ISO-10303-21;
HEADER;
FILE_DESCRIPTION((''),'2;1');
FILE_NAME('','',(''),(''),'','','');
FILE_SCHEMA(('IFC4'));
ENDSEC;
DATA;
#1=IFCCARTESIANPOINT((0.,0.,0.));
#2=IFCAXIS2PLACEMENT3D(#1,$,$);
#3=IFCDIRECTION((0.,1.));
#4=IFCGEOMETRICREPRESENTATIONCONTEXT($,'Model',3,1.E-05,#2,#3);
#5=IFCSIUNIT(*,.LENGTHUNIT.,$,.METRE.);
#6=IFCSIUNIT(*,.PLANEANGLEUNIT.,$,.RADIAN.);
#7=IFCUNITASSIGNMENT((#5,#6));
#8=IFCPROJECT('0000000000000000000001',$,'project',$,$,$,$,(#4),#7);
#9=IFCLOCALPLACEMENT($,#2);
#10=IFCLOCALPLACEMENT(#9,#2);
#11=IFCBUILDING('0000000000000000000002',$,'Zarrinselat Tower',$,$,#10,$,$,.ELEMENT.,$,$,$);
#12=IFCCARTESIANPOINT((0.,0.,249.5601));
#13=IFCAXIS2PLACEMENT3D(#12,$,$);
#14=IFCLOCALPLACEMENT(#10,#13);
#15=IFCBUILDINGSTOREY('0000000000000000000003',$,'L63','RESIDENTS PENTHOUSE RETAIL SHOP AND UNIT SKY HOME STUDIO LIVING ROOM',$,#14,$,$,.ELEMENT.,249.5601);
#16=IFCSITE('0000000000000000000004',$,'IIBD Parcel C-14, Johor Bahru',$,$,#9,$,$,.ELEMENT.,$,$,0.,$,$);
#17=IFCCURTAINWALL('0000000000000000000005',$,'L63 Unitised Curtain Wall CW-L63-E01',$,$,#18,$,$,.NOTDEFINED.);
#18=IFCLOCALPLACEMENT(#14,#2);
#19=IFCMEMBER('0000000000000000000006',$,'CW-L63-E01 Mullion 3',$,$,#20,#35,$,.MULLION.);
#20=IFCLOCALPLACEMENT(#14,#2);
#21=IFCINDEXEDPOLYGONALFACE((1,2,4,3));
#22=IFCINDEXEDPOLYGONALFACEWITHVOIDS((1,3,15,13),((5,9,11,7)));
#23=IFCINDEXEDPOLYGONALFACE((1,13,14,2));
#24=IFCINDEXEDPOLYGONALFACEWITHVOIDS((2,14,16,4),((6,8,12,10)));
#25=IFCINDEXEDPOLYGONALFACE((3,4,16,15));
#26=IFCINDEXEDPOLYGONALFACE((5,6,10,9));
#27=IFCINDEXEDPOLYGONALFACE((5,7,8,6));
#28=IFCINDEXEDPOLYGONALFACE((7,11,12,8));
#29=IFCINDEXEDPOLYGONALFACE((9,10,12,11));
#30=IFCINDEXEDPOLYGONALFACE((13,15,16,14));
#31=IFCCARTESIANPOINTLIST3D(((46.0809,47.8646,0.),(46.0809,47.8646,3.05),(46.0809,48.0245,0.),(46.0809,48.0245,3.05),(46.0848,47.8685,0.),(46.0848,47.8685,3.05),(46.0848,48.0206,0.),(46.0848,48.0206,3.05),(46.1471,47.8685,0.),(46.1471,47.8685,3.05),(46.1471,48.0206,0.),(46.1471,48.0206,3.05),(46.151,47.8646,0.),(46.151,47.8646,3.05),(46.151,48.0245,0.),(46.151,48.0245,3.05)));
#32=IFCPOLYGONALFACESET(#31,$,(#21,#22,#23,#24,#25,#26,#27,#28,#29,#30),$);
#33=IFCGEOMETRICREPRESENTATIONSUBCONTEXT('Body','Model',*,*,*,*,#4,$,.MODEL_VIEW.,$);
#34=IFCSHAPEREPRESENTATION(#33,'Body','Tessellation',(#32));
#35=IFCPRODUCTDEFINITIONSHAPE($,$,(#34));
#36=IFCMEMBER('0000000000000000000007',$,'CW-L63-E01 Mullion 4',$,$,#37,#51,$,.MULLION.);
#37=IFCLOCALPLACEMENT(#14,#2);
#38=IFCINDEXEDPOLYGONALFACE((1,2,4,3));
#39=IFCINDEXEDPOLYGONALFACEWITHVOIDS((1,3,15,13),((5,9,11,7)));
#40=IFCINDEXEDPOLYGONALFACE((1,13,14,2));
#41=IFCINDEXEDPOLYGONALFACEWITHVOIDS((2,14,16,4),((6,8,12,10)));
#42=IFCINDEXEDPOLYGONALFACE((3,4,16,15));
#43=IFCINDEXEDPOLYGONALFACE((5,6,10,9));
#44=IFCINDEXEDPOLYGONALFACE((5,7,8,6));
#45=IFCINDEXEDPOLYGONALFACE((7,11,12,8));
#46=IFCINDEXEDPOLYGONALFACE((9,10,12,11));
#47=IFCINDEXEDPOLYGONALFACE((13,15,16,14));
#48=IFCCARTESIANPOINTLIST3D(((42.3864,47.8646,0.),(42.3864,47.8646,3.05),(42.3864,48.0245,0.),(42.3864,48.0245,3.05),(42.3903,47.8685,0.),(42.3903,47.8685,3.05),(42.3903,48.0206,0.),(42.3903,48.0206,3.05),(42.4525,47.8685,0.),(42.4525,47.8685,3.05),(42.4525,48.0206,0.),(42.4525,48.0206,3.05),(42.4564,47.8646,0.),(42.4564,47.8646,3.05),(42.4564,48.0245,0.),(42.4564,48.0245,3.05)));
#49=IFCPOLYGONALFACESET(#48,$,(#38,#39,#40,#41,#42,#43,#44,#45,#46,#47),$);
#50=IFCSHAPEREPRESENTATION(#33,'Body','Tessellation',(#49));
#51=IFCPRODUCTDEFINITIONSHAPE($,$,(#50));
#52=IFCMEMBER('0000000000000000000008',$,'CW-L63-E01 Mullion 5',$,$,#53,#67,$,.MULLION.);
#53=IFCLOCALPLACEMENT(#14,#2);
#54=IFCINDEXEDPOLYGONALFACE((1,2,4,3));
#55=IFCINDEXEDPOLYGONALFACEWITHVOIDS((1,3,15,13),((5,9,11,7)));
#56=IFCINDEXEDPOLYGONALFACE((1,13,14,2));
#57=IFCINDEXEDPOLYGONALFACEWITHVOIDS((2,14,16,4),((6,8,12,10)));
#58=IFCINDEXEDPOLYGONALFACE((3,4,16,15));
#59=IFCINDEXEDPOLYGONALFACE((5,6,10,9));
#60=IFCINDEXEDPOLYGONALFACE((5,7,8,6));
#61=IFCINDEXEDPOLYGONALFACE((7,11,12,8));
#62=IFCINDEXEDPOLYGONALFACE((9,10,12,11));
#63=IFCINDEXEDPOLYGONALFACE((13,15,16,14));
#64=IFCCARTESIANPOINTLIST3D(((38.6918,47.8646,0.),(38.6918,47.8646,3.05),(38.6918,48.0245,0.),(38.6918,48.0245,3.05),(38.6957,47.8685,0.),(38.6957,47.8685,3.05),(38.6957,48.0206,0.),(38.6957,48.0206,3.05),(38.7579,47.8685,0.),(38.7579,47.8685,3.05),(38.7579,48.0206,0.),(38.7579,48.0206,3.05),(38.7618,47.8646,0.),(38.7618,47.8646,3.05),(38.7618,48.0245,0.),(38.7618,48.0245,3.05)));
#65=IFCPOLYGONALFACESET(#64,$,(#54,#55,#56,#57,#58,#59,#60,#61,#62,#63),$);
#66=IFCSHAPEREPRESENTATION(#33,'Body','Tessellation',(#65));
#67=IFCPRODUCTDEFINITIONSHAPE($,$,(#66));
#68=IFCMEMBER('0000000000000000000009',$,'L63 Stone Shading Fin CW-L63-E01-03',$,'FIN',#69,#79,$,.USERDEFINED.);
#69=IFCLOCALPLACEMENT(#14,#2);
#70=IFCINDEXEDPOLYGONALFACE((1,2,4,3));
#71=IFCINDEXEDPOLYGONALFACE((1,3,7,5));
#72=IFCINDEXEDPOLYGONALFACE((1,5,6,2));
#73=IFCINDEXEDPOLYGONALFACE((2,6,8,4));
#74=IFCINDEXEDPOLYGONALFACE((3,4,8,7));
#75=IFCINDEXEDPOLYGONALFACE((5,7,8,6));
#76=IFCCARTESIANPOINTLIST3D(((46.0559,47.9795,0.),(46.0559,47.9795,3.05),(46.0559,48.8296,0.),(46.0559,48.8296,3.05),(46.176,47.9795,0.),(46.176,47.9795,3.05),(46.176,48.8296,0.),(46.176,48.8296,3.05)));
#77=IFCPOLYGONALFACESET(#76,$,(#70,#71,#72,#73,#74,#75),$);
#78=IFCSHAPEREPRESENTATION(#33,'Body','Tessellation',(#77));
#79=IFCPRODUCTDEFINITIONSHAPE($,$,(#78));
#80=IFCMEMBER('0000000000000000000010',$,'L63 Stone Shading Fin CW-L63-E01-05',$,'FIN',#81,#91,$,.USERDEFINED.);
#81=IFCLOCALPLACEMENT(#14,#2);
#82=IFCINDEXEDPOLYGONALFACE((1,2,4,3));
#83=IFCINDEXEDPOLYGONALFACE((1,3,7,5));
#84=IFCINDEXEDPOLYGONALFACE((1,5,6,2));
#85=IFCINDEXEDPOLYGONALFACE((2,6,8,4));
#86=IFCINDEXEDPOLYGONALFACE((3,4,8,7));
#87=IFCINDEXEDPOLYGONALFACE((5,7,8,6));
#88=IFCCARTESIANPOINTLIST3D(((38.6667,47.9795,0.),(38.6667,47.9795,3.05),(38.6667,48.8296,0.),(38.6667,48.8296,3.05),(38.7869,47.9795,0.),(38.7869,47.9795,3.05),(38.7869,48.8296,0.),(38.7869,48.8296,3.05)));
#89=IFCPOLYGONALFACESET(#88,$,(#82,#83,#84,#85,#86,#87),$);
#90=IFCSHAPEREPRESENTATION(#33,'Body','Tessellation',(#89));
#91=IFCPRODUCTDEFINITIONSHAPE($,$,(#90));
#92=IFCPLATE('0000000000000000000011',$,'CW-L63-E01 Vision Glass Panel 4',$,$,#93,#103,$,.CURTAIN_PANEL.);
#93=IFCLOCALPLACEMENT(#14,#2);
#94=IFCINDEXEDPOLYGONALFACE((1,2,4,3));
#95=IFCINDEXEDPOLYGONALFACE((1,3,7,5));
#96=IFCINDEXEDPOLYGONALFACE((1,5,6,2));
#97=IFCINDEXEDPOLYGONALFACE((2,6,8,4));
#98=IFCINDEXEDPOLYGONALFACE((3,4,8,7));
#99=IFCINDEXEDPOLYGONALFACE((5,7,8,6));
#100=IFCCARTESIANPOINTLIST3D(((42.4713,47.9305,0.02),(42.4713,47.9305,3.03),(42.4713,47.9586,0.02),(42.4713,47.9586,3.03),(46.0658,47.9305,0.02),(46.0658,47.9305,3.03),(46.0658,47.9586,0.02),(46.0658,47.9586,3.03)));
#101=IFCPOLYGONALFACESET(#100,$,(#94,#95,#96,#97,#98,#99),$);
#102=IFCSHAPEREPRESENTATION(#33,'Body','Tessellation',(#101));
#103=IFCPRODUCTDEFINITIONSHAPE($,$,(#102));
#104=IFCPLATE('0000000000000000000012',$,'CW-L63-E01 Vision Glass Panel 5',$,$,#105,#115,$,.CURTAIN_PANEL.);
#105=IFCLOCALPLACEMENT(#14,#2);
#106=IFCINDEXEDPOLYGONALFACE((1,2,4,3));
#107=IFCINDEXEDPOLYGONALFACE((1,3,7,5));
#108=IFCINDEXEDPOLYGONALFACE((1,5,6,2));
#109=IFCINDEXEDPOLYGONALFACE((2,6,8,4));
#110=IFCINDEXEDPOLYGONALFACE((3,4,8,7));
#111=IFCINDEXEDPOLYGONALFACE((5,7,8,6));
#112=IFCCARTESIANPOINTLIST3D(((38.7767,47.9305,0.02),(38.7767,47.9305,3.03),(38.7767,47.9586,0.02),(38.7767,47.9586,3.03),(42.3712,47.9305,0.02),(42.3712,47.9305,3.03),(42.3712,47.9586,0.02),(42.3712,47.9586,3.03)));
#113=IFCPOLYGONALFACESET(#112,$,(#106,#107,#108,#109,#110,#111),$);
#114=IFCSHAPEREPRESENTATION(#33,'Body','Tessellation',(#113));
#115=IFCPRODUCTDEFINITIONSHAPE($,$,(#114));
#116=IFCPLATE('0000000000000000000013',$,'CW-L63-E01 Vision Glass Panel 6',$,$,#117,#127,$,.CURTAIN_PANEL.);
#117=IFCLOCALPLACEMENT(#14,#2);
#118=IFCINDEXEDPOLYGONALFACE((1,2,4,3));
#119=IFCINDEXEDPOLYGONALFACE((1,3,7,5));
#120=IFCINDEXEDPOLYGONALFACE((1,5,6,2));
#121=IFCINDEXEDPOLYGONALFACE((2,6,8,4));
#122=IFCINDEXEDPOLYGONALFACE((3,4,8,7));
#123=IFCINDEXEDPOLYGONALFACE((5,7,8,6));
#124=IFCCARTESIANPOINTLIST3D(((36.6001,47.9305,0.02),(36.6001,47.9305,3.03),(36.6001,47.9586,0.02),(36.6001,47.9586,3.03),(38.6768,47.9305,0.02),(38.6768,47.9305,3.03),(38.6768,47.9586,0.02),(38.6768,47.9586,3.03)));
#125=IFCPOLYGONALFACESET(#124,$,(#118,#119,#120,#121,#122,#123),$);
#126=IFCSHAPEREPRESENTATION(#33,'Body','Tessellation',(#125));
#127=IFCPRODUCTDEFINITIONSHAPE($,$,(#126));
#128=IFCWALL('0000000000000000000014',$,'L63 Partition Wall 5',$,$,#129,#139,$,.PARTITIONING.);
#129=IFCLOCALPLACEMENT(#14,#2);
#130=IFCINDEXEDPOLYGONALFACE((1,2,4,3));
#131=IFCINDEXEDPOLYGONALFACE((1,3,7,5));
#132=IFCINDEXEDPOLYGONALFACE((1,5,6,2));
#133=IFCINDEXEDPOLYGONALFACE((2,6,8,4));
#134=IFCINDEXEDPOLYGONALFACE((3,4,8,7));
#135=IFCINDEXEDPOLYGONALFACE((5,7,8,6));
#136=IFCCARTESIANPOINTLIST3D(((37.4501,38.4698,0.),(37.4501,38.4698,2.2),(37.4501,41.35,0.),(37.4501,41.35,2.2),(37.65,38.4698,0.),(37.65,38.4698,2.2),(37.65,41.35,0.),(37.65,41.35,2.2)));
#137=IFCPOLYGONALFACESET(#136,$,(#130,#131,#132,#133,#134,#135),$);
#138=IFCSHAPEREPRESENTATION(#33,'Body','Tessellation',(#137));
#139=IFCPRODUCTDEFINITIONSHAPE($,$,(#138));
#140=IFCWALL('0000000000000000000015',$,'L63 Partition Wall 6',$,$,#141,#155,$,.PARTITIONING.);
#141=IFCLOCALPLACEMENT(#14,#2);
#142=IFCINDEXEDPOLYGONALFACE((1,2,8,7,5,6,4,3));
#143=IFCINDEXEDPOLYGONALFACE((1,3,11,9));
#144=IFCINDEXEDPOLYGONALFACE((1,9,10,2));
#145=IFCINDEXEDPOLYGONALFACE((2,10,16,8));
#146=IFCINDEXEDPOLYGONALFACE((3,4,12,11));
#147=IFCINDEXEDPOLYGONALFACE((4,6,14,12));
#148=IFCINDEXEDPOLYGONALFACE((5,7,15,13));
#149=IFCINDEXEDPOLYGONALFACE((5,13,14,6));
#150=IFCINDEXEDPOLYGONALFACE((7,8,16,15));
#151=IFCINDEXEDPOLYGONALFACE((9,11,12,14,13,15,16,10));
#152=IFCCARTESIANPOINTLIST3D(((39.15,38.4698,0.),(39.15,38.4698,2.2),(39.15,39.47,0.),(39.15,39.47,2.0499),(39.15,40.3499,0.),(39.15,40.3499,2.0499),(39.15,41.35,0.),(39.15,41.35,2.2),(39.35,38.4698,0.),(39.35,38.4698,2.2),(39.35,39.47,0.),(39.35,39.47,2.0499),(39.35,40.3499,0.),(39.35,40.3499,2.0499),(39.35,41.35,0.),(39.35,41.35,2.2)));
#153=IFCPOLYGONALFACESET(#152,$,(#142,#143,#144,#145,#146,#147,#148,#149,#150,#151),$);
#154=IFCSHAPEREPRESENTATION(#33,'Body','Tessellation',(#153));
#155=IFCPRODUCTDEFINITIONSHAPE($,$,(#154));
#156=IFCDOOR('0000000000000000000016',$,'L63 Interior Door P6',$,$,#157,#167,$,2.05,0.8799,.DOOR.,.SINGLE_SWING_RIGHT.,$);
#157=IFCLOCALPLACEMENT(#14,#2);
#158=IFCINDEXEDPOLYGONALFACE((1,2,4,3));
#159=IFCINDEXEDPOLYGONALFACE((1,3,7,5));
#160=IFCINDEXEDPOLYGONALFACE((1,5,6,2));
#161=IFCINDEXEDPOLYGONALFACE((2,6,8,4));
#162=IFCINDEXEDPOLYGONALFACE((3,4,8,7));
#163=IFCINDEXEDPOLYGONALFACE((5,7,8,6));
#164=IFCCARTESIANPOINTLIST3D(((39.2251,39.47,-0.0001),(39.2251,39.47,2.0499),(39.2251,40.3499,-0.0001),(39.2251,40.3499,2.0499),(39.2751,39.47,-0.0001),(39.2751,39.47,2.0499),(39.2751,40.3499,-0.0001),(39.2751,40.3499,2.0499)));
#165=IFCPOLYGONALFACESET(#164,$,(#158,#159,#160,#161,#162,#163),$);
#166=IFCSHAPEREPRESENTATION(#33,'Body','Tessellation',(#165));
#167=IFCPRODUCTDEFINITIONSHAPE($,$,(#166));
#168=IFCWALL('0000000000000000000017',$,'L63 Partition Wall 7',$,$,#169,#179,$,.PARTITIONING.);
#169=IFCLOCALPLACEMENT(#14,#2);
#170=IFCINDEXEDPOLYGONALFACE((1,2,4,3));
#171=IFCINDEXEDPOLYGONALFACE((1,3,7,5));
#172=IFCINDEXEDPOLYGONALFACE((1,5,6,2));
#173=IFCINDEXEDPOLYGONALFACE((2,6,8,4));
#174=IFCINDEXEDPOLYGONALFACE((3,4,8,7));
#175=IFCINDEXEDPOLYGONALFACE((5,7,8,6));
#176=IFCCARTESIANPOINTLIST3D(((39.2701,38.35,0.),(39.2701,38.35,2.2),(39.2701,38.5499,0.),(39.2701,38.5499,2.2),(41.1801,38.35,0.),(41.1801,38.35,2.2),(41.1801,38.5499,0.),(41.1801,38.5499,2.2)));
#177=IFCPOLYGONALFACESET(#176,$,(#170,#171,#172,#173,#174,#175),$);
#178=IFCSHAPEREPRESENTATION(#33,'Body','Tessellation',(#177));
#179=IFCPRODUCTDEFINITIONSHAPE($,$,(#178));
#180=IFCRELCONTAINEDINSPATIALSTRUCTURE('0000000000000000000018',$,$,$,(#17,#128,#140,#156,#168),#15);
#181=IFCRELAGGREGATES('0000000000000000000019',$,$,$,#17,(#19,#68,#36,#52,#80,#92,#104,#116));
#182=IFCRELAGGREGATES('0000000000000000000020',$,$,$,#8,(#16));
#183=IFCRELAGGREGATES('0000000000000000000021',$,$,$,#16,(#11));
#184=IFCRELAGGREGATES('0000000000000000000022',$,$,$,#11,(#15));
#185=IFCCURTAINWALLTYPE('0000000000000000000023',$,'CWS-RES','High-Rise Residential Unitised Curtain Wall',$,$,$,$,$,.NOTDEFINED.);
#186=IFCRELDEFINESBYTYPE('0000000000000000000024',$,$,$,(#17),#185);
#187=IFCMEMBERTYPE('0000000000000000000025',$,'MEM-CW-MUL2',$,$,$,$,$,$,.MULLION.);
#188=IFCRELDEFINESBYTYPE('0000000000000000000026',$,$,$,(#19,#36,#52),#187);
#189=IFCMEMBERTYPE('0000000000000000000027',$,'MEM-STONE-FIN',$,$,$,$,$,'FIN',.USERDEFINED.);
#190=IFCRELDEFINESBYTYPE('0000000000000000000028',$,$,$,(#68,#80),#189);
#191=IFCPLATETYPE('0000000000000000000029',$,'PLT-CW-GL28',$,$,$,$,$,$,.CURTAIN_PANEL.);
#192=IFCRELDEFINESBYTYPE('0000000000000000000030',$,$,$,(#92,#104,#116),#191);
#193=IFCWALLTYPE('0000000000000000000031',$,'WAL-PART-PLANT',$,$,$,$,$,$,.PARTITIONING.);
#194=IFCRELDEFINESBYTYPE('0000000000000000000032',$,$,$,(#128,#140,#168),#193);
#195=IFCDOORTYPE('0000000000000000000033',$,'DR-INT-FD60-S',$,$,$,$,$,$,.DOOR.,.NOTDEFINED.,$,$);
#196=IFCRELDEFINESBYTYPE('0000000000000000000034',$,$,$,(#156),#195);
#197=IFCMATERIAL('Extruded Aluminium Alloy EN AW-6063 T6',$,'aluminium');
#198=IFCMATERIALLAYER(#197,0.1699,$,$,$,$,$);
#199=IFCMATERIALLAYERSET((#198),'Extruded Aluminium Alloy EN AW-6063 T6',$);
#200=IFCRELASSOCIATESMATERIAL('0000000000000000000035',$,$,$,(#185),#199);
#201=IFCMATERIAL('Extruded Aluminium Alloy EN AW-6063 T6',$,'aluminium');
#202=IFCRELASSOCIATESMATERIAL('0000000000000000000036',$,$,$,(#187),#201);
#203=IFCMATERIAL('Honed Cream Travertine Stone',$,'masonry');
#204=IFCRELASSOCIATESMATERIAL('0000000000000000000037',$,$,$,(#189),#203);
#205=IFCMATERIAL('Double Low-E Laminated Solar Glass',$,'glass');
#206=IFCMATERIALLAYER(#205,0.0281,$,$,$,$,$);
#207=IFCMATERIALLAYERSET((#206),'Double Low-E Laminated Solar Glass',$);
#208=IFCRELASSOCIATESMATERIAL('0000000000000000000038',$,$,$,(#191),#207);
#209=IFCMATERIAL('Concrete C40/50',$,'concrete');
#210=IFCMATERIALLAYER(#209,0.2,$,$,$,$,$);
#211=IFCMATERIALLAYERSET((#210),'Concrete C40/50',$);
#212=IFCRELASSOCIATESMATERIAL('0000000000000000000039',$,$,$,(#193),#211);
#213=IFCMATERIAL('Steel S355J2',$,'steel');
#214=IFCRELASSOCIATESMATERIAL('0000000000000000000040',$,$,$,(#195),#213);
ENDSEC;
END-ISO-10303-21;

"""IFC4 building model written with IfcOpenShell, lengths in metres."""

from ifc_helpers import new_model, si_unit, direction, frame, frame_2d, origin, origin_2d, place, context, subcontext, project, spatial, rectangle, hollow_rectangle, extrude, material, layer, layer_set, material_profile, profile_set, type_object, element, fill, aggregate, save


model = new_model("IFC4")

# Units and contexts
model_context = context("Model", 3, precision=1e-05, world=origin(), true_north=direction((0.0, 1.0)))
body_context = subcontext(model_context, "Body", "Model", "MODEL_VIEW")
ifc_project = project(units=[si_unit("LENGTHUNIT", "METRE"), si_unit("PLANEANGLEUNIT", "RADIAN")], contexts=[model_context])

# Site, building, storey
site_placement = place(None, origin())
site = spatial("IfcSite", under=ifc_project, at=site_placement, Name="IIBD Parcel C-14, Johor Bahru", CompositionType="ELEMENT", RefElevation=0.0)
building_placement = place(site_placement, origin())
building = spatial("IfcBuilding", under=site, at=building_placement, Name="Zarrinselat Tower", CompositionType="ELEMENT")
storey_placement = place(building_placement, frame((0.0, 0.0, 249.5601)))
storey = spatial("IfcBuildingStorey", under=building, at=storey_placement, Name="L63", Description="RESIDENTS PENTHOUSE RETAIL SHOP AND UNIT SKY HOME STUDIO LIVING ROOM", CompositionType="ELEMENT", Elevation=249.5601)

# Curtain wall, members, plates
ifc_material_1 = material(Name="Extruded Aluminium Alloy EN AW-6063 T6", Category="aluminium")
ifc_layer_1 = layer(ifc_material_1, 0.1699)
ifc_layer_set_1 = layer_set([ifc_layer_1], Name="Extruded Aluminium Alloy EN AW-6063 T6")
curtain_wall_type = type_object("IfcCurtainWallType", Name="CWS-RES", Description="High-Rise Residential Unitised Curtain Wall", PredefinedType="NOTDEFINED", material=ifc_layer_set_1)
curtain_wall_placement = place(storey_placement, origin())
curtain_wall = element("IfcCurtainWall", 1, at=curtain_wall_placement, inside=storey, type_object=curtain_wall_type, Name="L63 Unitised Curtain Wall CW-L63-E01", PredefinedType="NOTDEFINED")
ifc_material_2 = material(Name="Extruded Aluminium Alloy EN AW-6063 T6", Category="aluminium")
ifc_material_profile_1 = material_profile(ifc_material_2, hollow_rectangle(XDim=0.0701, YDim=0.1599, WallThickness=0.0039, at=origin_2d()), Name="RHS 160x70x4")
ifc_profile_set_1 = profile_set([ifc_material_profile_1], Name="Extruded Aluminium Alloy EN AW-6063 T6")
member_type_1 = type_object("IfcMemberType", Name="MEM-CW-MUL2", PredefinedType="MULLION", material=ifc_profile_set_1)
member_1_placement = place(storey_placement, frame((46.116, 47.9446, 0.0), z_axis=(0.0, 0.0, 1.0), x_axis=(-1.0, 0.0, 0.0)))
member_1 = element("IfcMember", 2, at=member_1_placement, type_object=member_type_1, Name="CW-L63-E01 Mullion 3", PredefinedType="MULLION", context=body_context, shape_type="SweptSolid", body=[
    extrude(hollow_rectangle(XDim=0.0701, YDim=0.1599, WallThickness=0.0039, at=origin_2d()), origin(), (0.0, 0.0, 1.0), 3.05),
])
member_2_placement = place(storey_placement, frame((42.4214, 47.9446, 0.0), z_axis=(0.0, 0.0, 1.0), x_axis=(-1.0, 0.0, 0.0)))
member_2 = element("IfcMember", 3, at=member_2_placement, type_object=member_type_1, Name="CW-L63-E01 Mullion 4", PredefinedType="MULLION", context=body_context, shape_type="SweptSolid", body=[
    extrude(hollow_rectangle(XDim=0.0701, YDim=0.1599, WallThickness=0.0039, at=origin_2d()), origin(), (0.0, 0.0, 1.0), 3.05),
])
member_3_placement = place(storey_placement, frame((38.7268, 47.9446, 0.0), z_axis=(0.0, 0.0, 1.0), x_axis=(-1.0, 0.0, 0.0)))
member_3 = element("IfcMember", 4, at=member_3_placement, type_object=member_type_1, Name="CW-L63-E01 Mullion 5", PredefinedType="MULLION", context=body_context, shape_type="SweptSolid", body=[
    extrude(hollow_rectangle(XDim=0.0701, YDim=0.1599, WallThickness=0.0039, at=origin_2d()), origin(), (0.0, 0.0, 1.0), 3.05),
])
ifc_material_3 = material(Name="Honed Cream Travertine Stone", Category="masonry")
ifc_material_profile_2 = material_profile(ifc_material_3, rectangle(XDim=0.1201, YDim=0.8501, at=origin_2d()), Name="FIN 850x120")
ifc_profile_set_2 = profile_set([ifc_material_profile_2], Name="Honed Cream Travertine Stone")
member_type_2 = type_object("IfcMemberType", Name="MEM-STONE-FIN", ElementType="FIN", PredefinedType="USERDEFINED", material=ifc_profile_set_2)
member_4_placement = place(storey_placement, frame((46.116, 48.4045, 0.0), z_axis=(0.0, 0.0, 1.0), x_axis=(1.0, 0.0, 0.0)))
member_4 = element("IfcMember", 5, at=member_4_placement, type_object=member_type_2, Name="L63 Stone Shading Fin CW-L63-E01-03", ObjectType="FIN", PredefinedType="USERDEFINED", context=body_context, shape_type="SweptSolid", body=[
    extrude(rectangle(XDim=0.1201, YDim=0.8501, at=origin_2d()), origin(), (0.0, 0.0, 1.0), 3.05),
])
member_5_placement = place(storey_placement, frame((38.7268, 48.4045, 0.0), z_axis=(0.0, 0.0, 1.0), x_axis=(1.0, 0.0, 0.0)))
member_5 = element("IfcMember", 6, at=member_5_placement, type_object=member_type_2, Name="L63 Stone Shading Fin CW-L63-E01-05", ObjectType="FIN", PredefinedType="USERDEFINED", context=body_context, shape_type="SweptSolid", body=[
    extrude(rectangle(XDim=0.1201, YDim=0.8501, at=origin_2d()), origin(), (0.0, 0.0, 1.0), 3.05),
])
ifc_material_4 = material(Name="Double Low-E Laminated Solar Glass", Category="glass")
ifc_layer_2 = layer(ifc_material_4, 0.0281)
ifc_layer_set_2 = layer_set([ifc_layer_2], Name="Double Low-E Laminated Solar Glass")
plate_type = type_object("IfcPlateType", Name="PLT-CW-GL28", PredefinedType="CURTAIN_PANEL", material=ifc_layer_set_2)
plate_1_placement = place(storey_placement, frame((44.2686, 47.9446, 0.02), z_axis=(0.0, 0.0, 1.0), x_axis=(-1.0, 0.0, 0.0)))
plate_1 = element("IfcPlate", 7, at=plate_1_placement, type_object=plate_type, Name="CW-L63-E01 Vision Glass Panel 4", PredefinedType="CURTAIN_PANEL", context=body_context, shape_type="SweptSolid", body=[
    extrude(rectangle(XDim=3.5945, YDim=0.0281, at=origin_2d()), origin(), (0.0, 0.0, 1.0), 3.01),
])
plate_2_placement = place(storey_placement, frame((40.574, 47.9446, 0.02), z_axis=(0.0, 0.0, 1.0), x_axis=(-1.0, 0.0, 0.0)))
plate_2 = element("IfcPlate", 8, at=plate_2_placement, type_object=plate_type, Name="CW-L63-E01 Vision Glass Panel 5", PredefinedType="CURTAIN_PANEL", context=body_context, shape_type="SweptSolid", body=[
    extrude(rectangle(XDim=3.5945, YDim=0.0281, at=origin_2d()), origin(), (0.0, 0.0, 1.0), 3.01),
])
plate_3_placement = place(storey_placement, frame((37.6384, 47.9446, 0.02), z_axis=(0.0, 0.0, 1.0), x_axis=(-1.0, 0.0, 0.0)))
plate_3 = element("IfcPlate", 9, at=plate_3_placement, type_object=plate_type, Name="CW-L63-E01 Vision Glass Panel 6", PredefinedType="CURTAIN_PANEL", context=body_context, shape_type="SweptSolid", body=[
    extrude(rectangle(XDim=2.0767, YDim=0.0281, at=origin_2d()), origin(), (0.0, 0.0, 1.0), 3.01),
])
aggregate(curtain_wall, [member_1, member_4, member_2, member_3, member_5, plate_1, plate_2, plate_3])

# Wall
ifc_material_5 = material(Name="Concrete C40/50", Category="concrete")
ifc_layer_3 = layer(ifc_material_5, 0.2)
ifc_layer_set_3 = layer_set([ifc_layer_3], Name="Concrete C40/50")
wall_type_1 = type_object("IfcWallType", Name="WAL-PART-PLANT", PredefinedType="PARTITIONING", material=ifc_layer_set_3)
wall_1_placement = place(storey_placement, frame((37.55, 38.47, 0.0), z_axis=(0.0, 0.0, 1.0), x_axis=(0.0, 1.0, 0.0)))
element("IfcWall", 10, at=wall_1_placement, inside=storey, type_object=wall_type_1, Name="L63 Partition Wall 5", PredefinedType="PARTITIONING", context=body_context, shape_type="SweptSolid", body=[
    extrude(rectangle(XDim=2.8801, YDim=0.2, at=frame_2d((1.4399, 0.0))), origin(), (0.0, 0.0, 1.0), 2.2),
])

# Wall, opening, door
wall_2_placement = place(storey_placement, frame((39.25, 38.47, 0.0), z_axis=(0.0, 0.0, 1.0), x_axis=(0.0, 1.0, 0.0)))
wall_2 = element("IfcWall", 11, at=wall_2_placement, inside=storey, type_object=wall_type_1, Name="L63 Partition Wall 6", PredefinedType="PARTITIONING", context=body_context, shape_type="SweptSolid", body=[
    extrude(rectangle(XDim=2.8801, YDim=0.2, at=frame_2d((1.4399, 0.0))), origin(), (0.0, 0.0, 1.0), 2.2),
])
opening_placement = place(wall_2_placement, frame((1.0, 0.0, 0.0)))
opening = element("IfcOpeningElement", 12, at=opening_placement, cuts=wall_2, PredefinedType="OPENING", context=body_context, shape_type="SweptSolid", body=[
    extrude(rectangle(XDim=0.8799, YDim=2.05, at=frame_2d((0.4399, 1.0249))), frame((0.0, 0.1099, 0.0), z_axis=(0.0, -1.0, 0.0), x_axis=(1.0, 0.0, 0.0)), (0.0, 0.0, 1.0), 0.22),
])
ifc_material_6 = material(Name="Steel S355J2", Category="steel")
door_type = type_object("IfcDoorType", Name="DR-INT-FD60-S", OperationType="NOTDEFINED", PredefinedType="DOOR", material=ifc_material_6)
door_placement = place(opening_placement, origin())
door = element("IfcDoor", 13, at=door_placement, inside=storey, type_object=door_type, Name="L63 Interior Door P6", OperationType="SINGLE_SWING_RIGHT", OverallHeight=2.05, OverallWidth=0.8799, PredefinedType="DOOR", context=body_context, shape_type="SweptSolid", body=[
    extrude(rectangle(XDim=0.8799, YDim=2.05, at=frame_2d((0.4399, 1.0249))), frame((0.0, 0.0249, 0.0), z_axis=(0.0, -1.0, 0.0), x_axis=(1.0, 0.0, 0.0)), (0.0, 0.0, 1.0), 0.05),
])
fill(opening, door)

# Wall
wall_3_placement = place(storey_placement, frame((39.27, 38.45, 0.0), z_axis=(0.0, 0.0, 1.0), x_axis=(1.0, 0.0, 0.0)))
element("IfcWall", 14, at=wall_3_placement, inside=storey, type_object=wall_type_1, Name="L63 Partition Wall 7", PredefinedType="PARTITIONING", context=body_context, shape_type="SweptSolid", body=[
    extrude(rectangle(XDim=1.9099, YDim=0.2, at=frame_2d((0.9551, 0.0))), origin(), (0.0, 0.0, 1.0), 2.2),
])

save(model, "model.ifc")
